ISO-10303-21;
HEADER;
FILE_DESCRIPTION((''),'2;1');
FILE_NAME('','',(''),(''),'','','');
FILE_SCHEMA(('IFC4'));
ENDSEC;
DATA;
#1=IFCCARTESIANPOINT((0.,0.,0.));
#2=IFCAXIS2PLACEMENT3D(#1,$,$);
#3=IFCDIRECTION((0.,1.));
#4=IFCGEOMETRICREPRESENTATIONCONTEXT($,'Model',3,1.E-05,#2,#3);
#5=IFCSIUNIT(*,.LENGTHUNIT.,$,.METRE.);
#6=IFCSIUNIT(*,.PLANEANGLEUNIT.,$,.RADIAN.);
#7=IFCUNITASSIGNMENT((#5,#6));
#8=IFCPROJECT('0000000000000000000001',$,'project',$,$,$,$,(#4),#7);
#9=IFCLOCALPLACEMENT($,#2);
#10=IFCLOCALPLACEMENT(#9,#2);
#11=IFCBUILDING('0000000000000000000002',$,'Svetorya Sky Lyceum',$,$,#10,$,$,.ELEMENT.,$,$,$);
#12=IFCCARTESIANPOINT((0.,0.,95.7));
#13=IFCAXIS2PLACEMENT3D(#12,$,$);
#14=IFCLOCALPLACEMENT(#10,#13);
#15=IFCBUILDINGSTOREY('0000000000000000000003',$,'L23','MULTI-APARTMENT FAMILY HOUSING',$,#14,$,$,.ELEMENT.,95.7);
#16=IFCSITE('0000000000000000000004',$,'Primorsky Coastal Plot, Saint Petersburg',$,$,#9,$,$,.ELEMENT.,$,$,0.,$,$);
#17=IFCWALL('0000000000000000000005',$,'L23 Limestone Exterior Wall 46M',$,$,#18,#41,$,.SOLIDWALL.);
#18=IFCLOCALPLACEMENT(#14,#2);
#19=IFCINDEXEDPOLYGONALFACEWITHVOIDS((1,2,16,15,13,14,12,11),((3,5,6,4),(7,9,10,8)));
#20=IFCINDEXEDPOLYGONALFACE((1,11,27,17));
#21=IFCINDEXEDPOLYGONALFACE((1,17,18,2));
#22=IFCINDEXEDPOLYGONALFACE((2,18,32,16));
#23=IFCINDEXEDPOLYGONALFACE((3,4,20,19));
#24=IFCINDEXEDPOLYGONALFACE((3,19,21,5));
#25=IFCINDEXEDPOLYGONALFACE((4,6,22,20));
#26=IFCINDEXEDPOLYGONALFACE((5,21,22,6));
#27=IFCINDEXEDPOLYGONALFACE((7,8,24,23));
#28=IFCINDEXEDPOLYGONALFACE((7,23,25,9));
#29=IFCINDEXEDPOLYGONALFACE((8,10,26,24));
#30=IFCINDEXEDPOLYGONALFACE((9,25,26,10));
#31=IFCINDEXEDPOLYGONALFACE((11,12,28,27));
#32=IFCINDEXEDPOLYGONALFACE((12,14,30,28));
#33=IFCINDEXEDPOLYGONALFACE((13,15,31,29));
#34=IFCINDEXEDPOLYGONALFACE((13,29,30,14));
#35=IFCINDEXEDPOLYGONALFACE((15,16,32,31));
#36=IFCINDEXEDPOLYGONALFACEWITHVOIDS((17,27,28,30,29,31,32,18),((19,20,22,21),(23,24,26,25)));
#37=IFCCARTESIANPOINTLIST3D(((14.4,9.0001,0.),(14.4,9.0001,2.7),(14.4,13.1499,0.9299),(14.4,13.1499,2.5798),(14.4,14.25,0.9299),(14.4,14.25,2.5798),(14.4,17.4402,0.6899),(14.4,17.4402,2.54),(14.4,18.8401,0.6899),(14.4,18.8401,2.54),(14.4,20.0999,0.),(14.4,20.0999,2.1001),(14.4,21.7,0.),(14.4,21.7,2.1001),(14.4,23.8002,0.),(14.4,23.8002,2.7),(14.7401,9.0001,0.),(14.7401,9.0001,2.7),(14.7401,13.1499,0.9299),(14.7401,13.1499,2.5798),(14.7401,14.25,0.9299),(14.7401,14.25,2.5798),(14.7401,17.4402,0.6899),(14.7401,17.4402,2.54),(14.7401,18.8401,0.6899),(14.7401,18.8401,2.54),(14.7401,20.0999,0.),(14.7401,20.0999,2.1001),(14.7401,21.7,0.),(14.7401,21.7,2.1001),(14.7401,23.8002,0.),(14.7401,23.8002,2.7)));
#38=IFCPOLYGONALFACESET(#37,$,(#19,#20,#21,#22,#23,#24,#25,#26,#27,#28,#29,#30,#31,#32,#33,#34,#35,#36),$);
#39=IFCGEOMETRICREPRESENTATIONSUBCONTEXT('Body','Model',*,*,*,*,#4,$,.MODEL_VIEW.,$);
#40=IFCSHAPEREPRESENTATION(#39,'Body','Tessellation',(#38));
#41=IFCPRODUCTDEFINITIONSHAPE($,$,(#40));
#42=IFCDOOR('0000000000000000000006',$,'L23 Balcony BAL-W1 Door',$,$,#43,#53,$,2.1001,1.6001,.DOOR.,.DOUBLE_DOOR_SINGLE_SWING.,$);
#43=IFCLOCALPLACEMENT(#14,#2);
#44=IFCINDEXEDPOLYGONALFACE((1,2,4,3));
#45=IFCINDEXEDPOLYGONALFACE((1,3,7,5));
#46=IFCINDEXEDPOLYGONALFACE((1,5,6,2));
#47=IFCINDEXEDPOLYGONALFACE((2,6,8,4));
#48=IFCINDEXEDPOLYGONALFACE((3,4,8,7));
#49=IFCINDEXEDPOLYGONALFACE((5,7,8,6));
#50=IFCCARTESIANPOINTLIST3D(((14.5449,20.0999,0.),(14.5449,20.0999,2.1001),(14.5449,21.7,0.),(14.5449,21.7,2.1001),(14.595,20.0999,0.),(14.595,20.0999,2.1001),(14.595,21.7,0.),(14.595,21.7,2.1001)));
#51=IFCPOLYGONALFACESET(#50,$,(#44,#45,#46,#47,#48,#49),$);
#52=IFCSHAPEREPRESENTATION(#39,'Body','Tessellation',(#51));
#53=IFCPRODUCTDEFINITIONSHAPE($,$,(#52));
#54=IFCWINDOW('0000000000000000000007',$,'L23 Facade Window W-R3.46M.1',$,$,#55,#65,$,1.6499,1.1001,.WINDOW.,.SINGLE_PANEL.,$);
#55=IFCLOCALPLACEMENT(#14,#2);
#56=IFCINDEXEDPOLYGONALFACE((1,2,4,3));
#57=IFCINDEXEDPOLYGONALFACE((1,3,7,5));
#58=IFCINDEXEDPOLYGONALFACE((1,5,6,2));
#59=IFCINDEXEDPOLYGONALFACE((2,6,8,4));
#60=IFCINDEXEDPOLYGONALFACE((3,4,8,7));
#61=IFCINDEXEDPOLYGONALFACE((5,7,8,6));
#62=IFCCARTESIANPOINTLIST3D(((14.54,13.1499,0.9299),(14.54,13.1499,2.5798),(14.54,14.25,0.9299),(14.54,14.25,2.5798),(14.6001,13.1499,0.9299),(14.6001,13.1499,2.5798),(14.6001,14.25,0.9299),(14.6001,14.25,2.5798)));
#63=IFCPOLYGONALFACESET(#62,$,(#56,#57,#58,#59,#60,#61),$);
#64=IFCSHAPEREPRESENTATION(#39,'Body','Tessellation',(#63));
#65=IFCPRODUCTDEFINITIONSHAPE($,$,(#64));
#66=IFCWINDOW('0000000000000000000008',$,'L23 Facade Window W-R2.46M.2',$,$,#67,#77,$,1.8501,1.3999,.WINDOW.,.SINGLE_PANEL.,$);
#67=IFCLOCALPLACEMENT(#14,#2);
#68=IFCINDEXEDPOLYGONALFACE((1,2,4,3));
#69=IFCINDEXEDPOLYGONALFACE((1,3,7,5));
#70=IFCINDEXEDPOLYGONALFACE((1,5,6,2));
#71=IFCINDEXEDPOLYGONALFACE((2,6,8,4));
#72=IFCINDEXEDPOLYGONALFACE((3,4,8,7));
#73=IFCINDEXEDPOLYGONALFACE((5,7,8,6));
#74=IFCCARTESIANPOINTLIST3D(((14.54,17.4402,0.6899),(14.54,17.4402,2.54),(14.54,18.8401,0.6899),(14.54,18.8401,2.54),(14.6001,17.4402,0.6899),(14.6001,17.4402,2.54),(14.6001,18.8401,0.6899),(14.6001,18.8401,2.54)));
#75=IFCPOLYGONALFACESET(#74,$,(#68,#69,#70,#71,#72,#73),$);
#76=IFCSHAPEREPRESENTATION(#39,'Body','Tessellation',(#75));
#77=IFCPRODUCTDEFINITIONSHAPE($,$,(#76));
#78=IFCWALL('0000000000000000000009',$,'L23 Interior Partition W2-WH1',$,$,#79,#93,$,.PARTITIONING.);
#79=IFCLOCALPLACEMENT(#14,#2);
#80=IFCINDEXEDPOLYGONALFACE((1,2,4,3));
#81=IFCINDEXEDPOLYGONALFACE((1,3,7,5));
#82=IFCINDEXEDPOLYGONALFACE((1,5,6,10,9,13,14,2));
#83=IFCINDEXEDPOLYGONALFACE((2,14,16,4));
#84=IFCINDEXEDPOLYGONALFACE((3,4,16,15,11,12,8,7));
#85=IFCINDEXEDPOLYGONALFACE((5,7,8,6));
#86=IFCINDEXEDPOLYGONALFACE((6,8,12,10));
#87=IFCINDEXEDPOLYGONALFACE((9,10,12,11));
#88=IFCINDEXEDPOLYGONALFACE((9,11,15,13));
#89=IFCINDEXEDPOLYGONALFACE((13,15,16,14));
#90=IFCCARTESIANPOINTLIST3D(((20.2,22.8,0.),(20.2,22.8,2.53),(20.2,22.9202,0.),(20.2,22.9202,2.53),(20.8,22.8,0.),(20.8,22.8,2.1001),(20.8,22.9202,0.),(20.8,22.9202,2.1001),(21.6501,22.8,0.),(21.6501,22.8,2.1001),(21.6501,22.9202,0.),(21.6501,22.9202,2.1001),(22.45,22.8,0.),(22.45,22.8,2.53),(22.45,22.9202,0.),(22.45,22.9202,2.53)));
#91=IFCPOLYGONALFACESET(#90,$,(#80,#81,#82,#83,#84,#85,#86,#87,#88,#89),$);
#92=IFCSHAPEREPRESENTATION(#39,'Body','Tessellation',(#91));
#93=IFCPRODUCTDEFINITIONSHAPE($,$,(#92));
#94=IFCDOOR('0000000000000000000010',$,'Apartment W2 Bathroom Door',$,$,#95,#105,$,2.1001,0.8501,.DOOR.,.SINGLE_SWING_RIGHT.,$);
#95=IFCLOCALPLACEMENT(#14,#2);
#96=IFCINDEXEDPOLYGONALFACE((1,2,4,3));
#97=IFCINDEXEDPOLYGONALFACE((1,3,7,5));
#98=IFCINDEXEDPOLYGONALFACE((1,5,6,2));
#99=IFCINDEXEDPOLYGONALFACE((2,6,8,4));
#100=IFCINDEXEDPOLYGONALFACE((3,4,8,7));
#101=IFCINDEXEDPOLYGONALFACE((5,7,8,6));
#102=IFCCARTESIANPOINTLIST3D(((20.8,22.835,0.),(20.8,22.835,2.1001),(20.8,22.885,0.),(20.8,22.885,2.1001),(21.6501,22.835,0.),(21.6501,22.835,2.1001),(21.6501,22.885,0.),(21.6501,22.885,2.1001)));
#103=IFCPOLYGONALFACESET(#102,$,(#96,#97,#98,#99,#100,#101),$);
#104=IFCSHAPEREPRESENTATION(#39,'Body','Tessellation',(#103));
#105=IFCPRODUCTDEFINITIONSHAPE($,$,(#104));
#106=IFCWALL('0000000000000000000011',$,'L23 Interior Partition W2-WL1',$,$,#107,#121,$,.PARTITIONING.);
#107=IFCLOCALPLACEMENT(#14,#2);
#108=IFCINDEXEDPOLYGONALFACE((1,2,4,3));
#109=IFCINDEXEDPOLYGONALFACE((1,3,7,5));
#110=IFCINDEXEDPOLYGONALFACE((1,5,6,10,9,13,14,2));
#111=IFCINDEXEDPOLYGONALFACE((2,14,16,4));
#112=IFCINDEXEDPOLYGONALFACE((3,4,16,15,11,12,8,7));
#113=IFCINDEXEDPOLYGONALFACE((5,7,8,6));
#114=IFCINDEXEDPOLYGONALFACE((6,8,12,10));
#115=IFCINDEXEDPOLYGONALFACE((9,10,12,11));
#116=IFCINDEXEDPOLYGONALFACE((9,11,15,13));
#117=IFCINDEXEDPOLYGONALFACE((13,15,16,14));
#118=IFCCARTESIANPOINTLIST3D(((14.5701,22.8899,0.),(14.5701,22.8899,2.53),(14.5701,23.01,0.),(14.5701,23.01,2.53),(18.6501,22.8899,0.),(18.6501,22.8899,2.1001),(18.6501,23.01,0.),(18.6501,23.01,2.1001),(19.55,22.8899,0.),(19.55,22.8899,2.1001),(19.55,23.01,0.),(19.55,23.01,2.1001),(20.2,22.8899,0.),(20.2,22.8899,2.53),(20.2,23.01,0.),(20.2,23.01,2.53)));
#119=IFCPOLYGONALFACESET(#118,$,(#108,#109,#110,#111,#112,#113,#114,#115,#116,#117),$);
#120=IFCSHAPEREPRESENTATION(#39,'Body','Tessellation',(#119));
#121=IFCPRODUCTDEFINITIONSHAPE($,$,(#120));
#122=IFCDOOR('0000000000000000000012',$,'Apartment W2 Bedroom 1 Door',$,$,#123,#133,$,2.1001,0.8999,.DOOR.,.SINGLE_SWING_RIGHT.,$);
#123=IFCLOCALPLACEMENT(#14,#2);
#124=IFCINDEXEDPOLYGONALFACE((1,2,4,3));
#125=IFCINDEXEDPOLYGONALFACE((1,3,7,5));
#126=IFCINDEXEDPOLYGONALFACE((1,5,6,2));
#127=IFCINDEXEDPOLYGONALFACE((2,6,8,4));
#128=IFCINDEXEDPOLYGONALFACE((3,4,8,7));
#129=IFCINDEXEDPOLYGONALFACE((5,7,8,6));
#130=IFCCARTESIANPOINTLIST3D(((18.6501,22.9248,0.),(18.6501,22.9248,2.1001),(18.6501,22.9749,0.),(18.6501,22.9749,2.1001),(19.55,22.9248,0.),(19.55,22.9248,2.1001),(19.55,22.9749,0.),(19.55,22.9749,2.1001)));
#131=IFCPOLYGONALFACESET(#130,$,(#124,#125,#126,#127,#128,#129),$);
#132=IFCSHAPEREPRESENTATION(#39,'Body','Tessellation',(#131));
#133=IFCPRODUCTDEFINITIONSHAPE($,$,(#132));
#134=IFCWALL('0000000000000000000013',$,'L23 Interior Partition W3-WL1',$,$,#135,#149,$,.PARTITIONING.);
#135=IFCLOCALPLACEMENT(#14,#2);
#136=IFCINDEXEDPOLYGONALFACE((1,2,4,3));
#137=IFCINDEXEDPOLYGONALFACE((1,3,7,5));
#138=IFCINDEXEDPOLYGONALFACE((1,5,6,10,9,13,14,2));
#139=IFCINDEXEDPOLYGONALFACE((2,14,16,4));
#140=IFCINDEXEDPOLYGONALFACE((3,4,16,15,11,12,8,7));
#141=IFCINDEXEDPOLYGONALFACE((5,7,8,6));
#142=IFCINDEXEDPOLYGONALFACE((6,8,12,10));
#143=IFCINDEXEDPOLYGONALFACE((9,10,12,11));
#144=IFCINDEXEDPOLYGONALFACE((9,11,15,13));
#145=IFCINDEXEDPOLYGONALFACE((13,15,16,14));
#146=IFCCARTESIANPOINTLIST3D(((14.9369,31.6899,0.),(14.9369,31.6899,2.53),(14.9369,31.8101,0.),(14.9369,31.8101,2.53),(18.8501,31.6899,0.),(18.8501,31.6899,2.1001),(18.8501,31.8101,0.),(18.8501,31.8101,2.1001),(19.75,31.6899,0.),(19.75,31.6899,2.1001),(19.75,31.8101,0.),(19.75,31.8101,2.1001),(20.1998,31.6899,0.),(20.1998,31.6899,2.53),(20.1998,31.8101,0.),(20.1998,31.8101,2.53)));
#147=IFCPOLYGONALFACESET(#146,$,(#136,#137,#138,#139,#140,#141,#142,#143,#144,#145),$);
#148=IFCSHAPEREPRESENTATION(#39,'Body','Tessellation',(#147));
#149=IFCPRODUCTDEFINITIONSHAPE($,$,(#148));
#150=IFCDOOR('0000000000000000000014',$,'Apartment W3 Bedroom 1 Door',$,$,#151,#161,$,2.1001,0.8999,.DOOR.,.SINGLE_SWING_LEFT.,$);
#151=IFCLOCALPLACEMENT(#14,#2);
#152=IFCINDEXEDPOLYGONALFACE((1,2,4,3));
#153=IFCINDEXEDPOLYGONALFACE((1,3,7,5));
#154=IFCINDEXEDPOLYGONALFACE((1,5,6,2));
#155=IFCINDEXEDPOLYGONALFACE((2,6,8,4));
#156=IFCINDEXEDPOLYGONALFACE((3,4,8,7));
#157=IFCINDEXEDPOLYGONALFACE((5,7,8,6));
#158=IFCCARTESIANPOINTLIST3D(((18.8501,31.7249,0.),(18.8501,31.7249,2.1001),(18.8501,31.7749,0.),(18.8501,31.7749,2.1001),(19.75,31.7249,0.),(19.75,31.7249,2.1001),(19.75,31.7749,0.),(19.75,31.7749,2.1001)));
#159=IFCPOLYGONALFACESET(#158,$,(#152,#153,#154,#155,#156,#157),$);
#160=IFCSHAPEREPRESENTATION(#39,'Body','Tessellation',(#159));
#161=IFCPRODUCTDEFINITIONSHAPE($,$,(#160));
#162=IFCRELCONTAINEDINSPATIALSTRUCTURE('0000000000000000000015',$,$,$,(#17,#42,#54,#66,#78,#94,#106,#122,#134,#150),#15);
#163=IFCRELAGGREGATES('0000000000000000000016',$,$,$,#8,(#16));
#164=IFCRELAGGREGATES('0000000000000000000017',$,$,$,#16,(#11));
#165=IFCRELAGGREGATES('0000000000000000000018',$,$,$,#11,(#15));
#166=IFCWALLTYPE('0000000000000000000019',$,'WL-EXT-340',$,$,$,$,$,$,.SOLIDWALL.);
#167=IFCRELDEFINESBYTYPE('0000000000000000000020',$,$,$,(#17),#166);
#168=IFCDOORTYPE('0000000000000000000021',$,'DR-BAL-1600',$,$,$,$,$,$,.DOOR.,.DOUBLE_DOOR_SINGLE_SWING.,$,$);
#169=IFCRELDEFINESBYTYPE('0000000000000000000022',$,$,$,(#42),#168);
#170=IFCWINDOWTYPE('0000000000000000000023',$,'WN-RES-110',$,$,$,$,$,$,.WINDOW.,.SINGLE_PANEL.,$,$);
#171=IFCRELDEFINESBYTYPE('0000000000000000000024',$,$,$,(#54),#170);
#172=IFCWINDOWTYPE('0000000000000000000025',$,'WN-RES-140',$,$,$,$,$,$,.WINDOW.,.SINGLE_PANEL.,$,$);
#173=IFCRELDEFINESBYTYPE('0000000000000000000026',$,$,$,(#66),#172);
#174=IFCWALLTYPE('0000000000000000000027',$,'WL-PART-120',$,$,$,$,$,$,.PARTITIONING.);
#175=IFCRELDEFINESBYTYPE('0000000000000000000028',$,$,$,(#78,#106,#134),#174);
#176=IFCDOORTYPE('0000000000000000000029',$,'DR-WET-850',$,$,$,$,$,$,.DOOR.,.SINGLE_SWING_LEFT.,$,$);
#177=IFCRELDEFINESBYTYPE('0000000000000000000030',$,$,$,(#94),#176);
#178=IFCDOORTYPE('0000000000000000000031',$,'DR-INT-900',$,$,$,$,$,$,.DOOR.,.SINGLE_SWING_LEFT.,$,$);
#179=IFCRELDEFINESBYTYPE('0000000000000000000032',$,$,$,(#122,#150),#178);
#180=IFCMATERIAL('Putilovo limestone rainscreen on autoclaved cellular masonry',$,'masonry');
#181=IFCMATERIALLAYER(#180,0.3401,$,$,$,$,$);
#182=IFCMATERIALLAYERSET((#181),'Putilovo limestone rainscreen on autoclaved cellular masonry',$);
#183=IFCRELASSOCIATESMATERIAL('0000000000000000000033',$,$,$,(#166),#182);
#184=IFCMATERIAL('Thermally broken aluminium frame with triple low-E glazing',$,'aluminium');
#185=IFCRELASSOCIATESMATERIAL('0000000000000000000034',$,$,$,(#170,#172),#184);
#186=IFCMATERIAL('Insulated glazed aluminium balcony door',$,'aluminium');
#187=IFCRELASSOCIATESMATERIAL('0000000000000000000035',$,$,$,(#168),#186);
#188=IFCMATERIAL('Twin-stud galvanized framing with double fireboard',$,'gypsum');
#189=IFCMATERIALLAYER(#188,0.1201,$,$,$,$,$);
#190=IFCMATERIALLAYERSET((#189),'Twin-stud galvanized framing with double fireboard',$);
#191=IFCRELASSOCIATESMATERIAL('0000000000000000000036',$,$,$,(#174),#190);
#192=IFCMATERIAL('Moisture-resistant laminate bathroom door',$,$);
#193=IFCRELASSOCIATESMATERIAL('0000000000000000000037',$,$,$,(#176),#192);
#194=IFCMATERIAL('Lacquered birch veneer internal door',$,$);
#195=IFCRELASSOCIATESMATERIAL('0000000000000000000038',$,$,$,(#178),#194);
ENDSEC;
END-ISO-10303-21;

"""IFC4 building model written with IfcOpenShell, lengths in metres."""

from ifc_helpers import new_model, si_unit, direction, frame, frame_2d, origin, place, context, subcontext, project, spatial, rectangle, extrude, material, layer, layer_set, type_object, element, fill, save


model = new_model("IFC4")

# Units and contexts
model_context = context("Model", 3, precision=1e-05, world=origin(), true_north=direction((0.0, 1.0)))
body_context = subcontext(model_context, "Body", "Model", "MODEL_VIEW")
ifc_project = project(units=[si_unit("LENGTHUNIT", "METRE"), si_unit("PLANEANGLEUNIT", "RADIAN")], contexts=[model_context])

# Site, building, storey
site_placement = place(None, origin())
site = spatial("IfcSite", under=ifc_project, at=site_placement, Name="Primorsky Coastal Plot, Saint Petersburg", CompositionType="ELEMENT", RefElevation=0.0)
building_placement = place(site_placement, origin())
building = spatial("IfcBuilding", under=site, at=building_placement, Name="Svetorya Sky Lyceum", CompositionType="ELEMENT")
storey_placement = place(building_placement, frame((0.0, 0.0, 95.7)))
storey = spatial("IfcBuildingStorey", under=building, at=storey_placement, Name="L23", Description="MULTI-APARTMENT FAMILY HOUSING", CompositionType="ELEMENT", Elevation=95.7)

# Shared definitions
ifc_material_1 = material(Name="Putilovo limestone rainscreen on autoclaved cellular masonry", Category="masonry")
ifc_layer_1 = layer(ifc_material_1, 0.3401)
ifc_layer_set_1 = layer_set([ifc_layer_1], Name="Putilovo limestone rainscreen on autoclaved cellular masonry")
wall_type_1 = type_object("IfcWallType", Name="WL-EXT-340", PredefinedType="SOLIDWALL", material=ifc_layer_set_1)

# Shared definitions
ifc_material_2 = material(Name="Thermally broken aluminium frame with triple low-E glazing", Category="aluminium")
window_type_1 = type_object("IfcWindowType", Name="WN-RES-110", PartitioningType="SINGLE_PANEL", PredefinedType="WINDOW", material=ifc_material_2)

# Wall, openings, door, windows
wall_1_placement = place(storey_placement, frame((14.5701, 23.8, 0.0), z_axis=(0.0, 0.0, 1.0), x_axis=(0.0, -1.0, 0.0)))
wall_1 = element("IfcWall", 1, at=wall_1_placement, inside=storey, type_object=wall_type_1, Name="L23 Limestone Exterior Wall 46M", PredefinedType="SOLIDWALL", context=body_context, shape_type="SweptSolid", body=[
    extrude(rectangle(XDim=14.8, YDim=0.3401, at=frame_2d((7.3999, 0.0))), origin(), (0.0, 0.0, 1.0), 2.7),
])
opening_1_placement = place(wall_1_placement, frame((2.1001, 0.0, 0.0)))
opening_1 = element("IfcOpeningElement", 2, at=opening_1_placement, cuts=wall_1, PredefinedType="OPENING", context=body_context, shape_type="SweptSolid", body=[
    extrude(rectangle(XDim=1.6001, YDim=2.1001, at=frame_2d((0.8, 1.05))), frame((0.0, 0.1799, 0.0), z_axis=(0.0, -1.0, 0.0), x_axis=(1.0, 0.0, 0.0)), (0.0, 0.0, 1.0), 0.3601),
])
opening_2_placement = place(wall_1_placement, frame((4.96, 0.0, 0.6899)))
opening_2 = element("IfcOpeningElement", 3, at=opening_2_placement, cuts=wall_1, PredefinedType="OPENING", context=body_context, shape_type="SweptSolid", body=[
    extrude(rectangle(XDim=1.3999, YDim=1.8501, at=frame_2d((0.7, 0.925))), frame((0.0, 0.1799, 0.0), z_axis=(0.0, -1.0, 0.0), x_axis=(1.0, 0.0, 0.0)), (0.0, 0.0, 1.0), 0.3601),
])
opening_3_placement = place(wall_1_placement, frame((9.55, 0.0, 0.9299)))
opening_3 = element("IfcOpeningElement", 4, at=opening_3_placement, cuts=wall_1, PredefinedType="OPENING", context=body_context, shape_type="SweptSolid", body=[
    extrude(rectangle(XDim=1.1001, YDim=1.6499, at=frame_2d((0.55, 0.825))), frame((0.0, 0.1799, 0.0), z_axis=(0.0, -1.0, 0.0), x_axis=(1.0, 0.0, 0.0)), (0.0, 0.0, 1.0), 0.3601),
])
ifc_material_3 = material(Name="Insulated glazed aluminium balcony door", Category="aluminium")
door_type_1 = type_object("IfcDoorType", Name="DR-BAL-1600", OperationType="DOUBLE_DOOR_SINGLE_SWING", PredefinedType="DOOR", material=ifc_material_3)
door_1_placement = place(opening_1_placement, origin())
door_1 = element("IfcDoor", 5, at=door_1_placement, inside=storey, type_object=door_type_1, Name="L23 Balcony BAL-W1 Door", OperationType="DOUBLE_DOOR_SINGLE_SWING", OverallHeight=2.1001, OverallWidth=1.6001, PredefinedType="DOOR", context=body_context, shape_type="SweptSolid", body=[
    extrude(rectangle(XDim=1.6001, YDim=2.1001, at=frame_2d((0.8, 1.05))), frame((0.0, 0.0249, 0.0), z_axis=(0.0, -1.0, 0.0), x_axis=(1.0, 0.0, 0.0)), (0.0, 0.0, 1.0), 0.05),
])
fill(opening_1, door_1)
window_1_placement = place(opening_3_placement, origin())
window_1 = element("IfcWindow", 6, at=window_1_placement, inside=storey, type_object=window_type_1, Name="L23 Facade Window W-R3.46M.1", OverallHeight=1.6499, OverallWidth=1.1001, PartitioningType="SINGLE_PANEL", PredefinedType="WINDOW", context=body_context, shape_type="SweptSolid", body=[
    extrude(rectangle(XDim=1.1001, YDim=1.6499, at=frame_2d((0.55, 0.825))), frame((0.0, 0.03, 0.0), z_axis=(0.0, -1.0, 0.0), x_axis=(1.0, 0.0, 0.0)), (0.0, 0.0, 1.0), 0.0601),
])
fill(opening_3, window_1)
window_type_2 = type_object("IfcWindowType", Name="WN-RES-140", PartitioningType="SINGLE_PANEL", PredefinedType="WINDOW", material=ifc_material_2)
window_2_placement = place(opening_2_placement, origin())
window_2 = element("IfcWindow", 7, at=window_2_placement, inside=storey, type_object=window_type_2, Name="L23 Facade Window W-R2.46M.2", OverallHeight=1.8501, OverallWidth=1.3999, PartitioningType="SINGLE_PANEL", PredefinedType="WINDOW", context=body_context, shape_type="SweptSolid", body=[
    extrude(rectangle(XDim=1.3999, YDim=1.8501, at=frame_2d((0.7, 0.925))), frame((0.0, 0.03, 0.0), z_axis=(0.0, -1.0, 0.0), x_axis=(1.0, 0.0, 0.0)), (0.0, 0.0, 1.0), 0.0601),
])
fill(opening_2, window_2)

# Walls, openings, doors
ifc_material_4 = material(Name="Twin-stud galvanized framing with double fireboard", Category="gypsum")
ifc_layer_2 = layer(ifc_material_4, 0.1201)
ifc_layer_set_2 = layer_set([ifc_layer_2], Name="Twin-stud galvanized framing with double fireboard")
wall_type_2 = type_object("IfcWallType", Name="WL-PART-120", PredefinedType="PARTITIONING", material=ifc_layer_set_2)
wall_2_placement = place(storey_placement, frame((20.2, 22.8601, 0.0), z_axis=(0.0, 0.0, 1.0), x_axis=(1.0, 0.0, 0.0)))
wall_2 = element("IfcWall", 8, at=wall_2_placement, inside=storey, type_object=wall_type_2, Name="L23 Interior Partition W2-WH1", PredefinedType="PARTITIONING", context=body_context, shape_type="SweptSolid", body=[
    extrude(rectangle(XDim=2.25, YDim=0.1201, at=frame_2d((1.125, 0.0))), origin(), (0.0, 0.0, 1.0), 2.53),
])
opening_4_placement = place(wall_2_placement, frame((0.6001, 0.0, 0.0)))
opening_4 = element("IfcOpeningElement", 9, at=opening_4_placement, cuts=wall_2, PredefinedType="OPENING", context=body_context, shape_type="SweptSolid", body=[
    extrude(rectangle(XDim=0.8501, YDim=2.1001, at=frame_2d((0.425, 1.05))), frame((0.0, 0.0701, 0.0), z_axis=(0.0, -1.0, 0.0), x_axis=(1.0, 0.0, 0.0)), (0.0, 0.0, 1.0), 0.1401),
])
ifc_material_5 = material(Name="Moisture-resistant laminate bathroom door")
door_type_2 = type_object("IfcDoorType", Name="DR-WET-850", OperationType="SINGLE_SWING_LEFT", PredefinedType="DOOR", material=ifc_material_5)
door_2_placement = place(opening_4_placement, origin())
door_2 = element("IfcDoor", 10, at=door_2_placement, inside=storey, type_object=door_type_2, Name="Apartment W2 Bathroom Door", OperationType="SINGLE_SWING_RIGHT", OverallHeight=2.1001, OverallWidth=0.8501, PredefinedType="DOOR", context=body_context, shape_type="SweptSolid", body=[
    extrude(rectangle(XDim=0.8501, YDim=2.1001, at=frame_2d((0.425, 1.05))), frame((0.0, 0.0249, 0.0), z_axis=(0.0, -1.0, 0.0), x_axis=(1.0, 0.0, 0.0)), (0.0, 0.0, 1.0), 0.05),
])
fill(opening_4, door_2)
wall_3_placement = place(storey_placement, frame((14.5701, 22.95, 0.0), z_axis=(0.0, 0.0, 1.0), x_axis=(1.0, 0.0, 0.0)))
wall_3 = element("IfcWall", 11, at=wall_3_placement, inside=storey, type_object=wall_type_2, Name="L23 Interior Partition W2-WL1", PredefinedType="PARTITIONING", context=body_context, shape_type="SweptSolid", body=[
    extrude(rectangle(XDim=5.6299, YDim=0.1201, at=frame_2d((2.8149, 0.0))), origin(), (0.0, 0.0, 1.0), 2.53),
])
opening_5_placement = place(wall_3_placement, frame((4.0801, 0.0, 0.0)))
opening_5 = element("IfcOpeningElement", 12, at=opening_5_placement, cuts=wall_3, PredefinedType="OPENING", context=body_context, shape_type="SweptSolid", body=[
    extrude(rectangle(XDim=0.8999, YDim=2.1001, at=frame_2d((0.45, 1.05))), frame((0.0, 0.0701, 0.0), z_axis=(0.0, -1.0, 0.0), x_axis=(1.0, 0.0, 0.0)), (0.0, 0.0, 1.0), 0.1401),
])
ifc_material_6 = material(Name="Lacquered birch veneer internal door")
door_type_3 = type_object("IfcDoorType", Name="DR-INT-900", OperationType="SINGLE_SWING_LEFT", PredefinedType="DOOR", material=ifc_material_6)
door_3_placement = place(opening_5_placement, origin())
door_3 = element("IfcDoor", 13, at=door_3_placement, inside=storey, type_object=door_type_3, Name="Apartment W2 Bedroom 1 Door", OperationType="SINGLE_SWING_RIGHT", OverallHeight=2.1001, OverallWidth=0.8999, PredefinedType="DOOR", context=body_context, shape_type="SweptSolid", body=[
    extrude(rectangle(XDim=0.8999, YDim=2.1001, at=frame_2d((0.45, 1.05))), frame((0.0, 0.0249, 0.0), z_axis=(0.0, -1.0, 0.0), x_axis=(1.0, 0.0, 0.0)), (0.0, 0.0, 1.0), 0.05),
])
fill(opening_5, door_3)
wall_4_placement = place(storey_placement, frame((14.937, 31.75, 0.0), z_axis=(0.0, 0.0, 1.0), x_axis=(1.0, 0.0, 0.0)))
wall_4 = element("IfcWall", 14, at=wall_4_placement, inside=storey, type_object=wall_type_2, Name="L23 Interior Partition W3-WL1", PredefinedType="PARTITIONING", context=body_context, shape_type="SweptSolid", body=[
    extrude(rectangle(XDim=5.2629, YDim=0.1201, at=frame_2d((2.6313, 0.0))), origin(), (0.0, 0.0, 1.0), 2.53),
])
opening_6_placement = place(wall_4_placement, frame((3.9131, 0.0, 0.0)))
opening_6 = element("IfcOpeningElement", 15, at=opening_6_placement, cuts=wall_4, PredefinedType="OPENING", context=body_context, shape_type="SweptSolid", body=[
    extrude(rectangle(XDim=0.8999, YDim=2.1001, at=frame_2d((0.45, 1.05))), frame((0.0, 0.0701, 0.0), z_axis=(0.0, -1.0, 0.0), x_axis=(1.0, 0.0, 0.0)), (0.0, 0.0, 1.0), 0.1401),
])
door_4_placement = place(opening_6_placement, origin())
door_4 = element("IfcDoor", 16, at=door_4_placement, inside=storey, type_object=door_type_3, Name="Apartment W3 Bedroom 1 Door", OperationType="SINGLE_SWING_LEFT", OverallHeight=2.1001, OverallWidth=0.8999, PredefinedType="DOOR", context=body_context, shape_type="SweptSolid", body=[
    extrude(rectangle(XDim=0.8999, YDim=2.1001, at=frame_2d((0.45, 1.05))), frame((0.0, 0.0249, 0.0), z_axis=(0.0, -1.0, 0.0), x_axis=(1.0, 0.0, 0.0)), (0.0, 0.0, 1.0), 0.05),
])
fill(opening_6, door_4)

save(model, "model.ifc")
